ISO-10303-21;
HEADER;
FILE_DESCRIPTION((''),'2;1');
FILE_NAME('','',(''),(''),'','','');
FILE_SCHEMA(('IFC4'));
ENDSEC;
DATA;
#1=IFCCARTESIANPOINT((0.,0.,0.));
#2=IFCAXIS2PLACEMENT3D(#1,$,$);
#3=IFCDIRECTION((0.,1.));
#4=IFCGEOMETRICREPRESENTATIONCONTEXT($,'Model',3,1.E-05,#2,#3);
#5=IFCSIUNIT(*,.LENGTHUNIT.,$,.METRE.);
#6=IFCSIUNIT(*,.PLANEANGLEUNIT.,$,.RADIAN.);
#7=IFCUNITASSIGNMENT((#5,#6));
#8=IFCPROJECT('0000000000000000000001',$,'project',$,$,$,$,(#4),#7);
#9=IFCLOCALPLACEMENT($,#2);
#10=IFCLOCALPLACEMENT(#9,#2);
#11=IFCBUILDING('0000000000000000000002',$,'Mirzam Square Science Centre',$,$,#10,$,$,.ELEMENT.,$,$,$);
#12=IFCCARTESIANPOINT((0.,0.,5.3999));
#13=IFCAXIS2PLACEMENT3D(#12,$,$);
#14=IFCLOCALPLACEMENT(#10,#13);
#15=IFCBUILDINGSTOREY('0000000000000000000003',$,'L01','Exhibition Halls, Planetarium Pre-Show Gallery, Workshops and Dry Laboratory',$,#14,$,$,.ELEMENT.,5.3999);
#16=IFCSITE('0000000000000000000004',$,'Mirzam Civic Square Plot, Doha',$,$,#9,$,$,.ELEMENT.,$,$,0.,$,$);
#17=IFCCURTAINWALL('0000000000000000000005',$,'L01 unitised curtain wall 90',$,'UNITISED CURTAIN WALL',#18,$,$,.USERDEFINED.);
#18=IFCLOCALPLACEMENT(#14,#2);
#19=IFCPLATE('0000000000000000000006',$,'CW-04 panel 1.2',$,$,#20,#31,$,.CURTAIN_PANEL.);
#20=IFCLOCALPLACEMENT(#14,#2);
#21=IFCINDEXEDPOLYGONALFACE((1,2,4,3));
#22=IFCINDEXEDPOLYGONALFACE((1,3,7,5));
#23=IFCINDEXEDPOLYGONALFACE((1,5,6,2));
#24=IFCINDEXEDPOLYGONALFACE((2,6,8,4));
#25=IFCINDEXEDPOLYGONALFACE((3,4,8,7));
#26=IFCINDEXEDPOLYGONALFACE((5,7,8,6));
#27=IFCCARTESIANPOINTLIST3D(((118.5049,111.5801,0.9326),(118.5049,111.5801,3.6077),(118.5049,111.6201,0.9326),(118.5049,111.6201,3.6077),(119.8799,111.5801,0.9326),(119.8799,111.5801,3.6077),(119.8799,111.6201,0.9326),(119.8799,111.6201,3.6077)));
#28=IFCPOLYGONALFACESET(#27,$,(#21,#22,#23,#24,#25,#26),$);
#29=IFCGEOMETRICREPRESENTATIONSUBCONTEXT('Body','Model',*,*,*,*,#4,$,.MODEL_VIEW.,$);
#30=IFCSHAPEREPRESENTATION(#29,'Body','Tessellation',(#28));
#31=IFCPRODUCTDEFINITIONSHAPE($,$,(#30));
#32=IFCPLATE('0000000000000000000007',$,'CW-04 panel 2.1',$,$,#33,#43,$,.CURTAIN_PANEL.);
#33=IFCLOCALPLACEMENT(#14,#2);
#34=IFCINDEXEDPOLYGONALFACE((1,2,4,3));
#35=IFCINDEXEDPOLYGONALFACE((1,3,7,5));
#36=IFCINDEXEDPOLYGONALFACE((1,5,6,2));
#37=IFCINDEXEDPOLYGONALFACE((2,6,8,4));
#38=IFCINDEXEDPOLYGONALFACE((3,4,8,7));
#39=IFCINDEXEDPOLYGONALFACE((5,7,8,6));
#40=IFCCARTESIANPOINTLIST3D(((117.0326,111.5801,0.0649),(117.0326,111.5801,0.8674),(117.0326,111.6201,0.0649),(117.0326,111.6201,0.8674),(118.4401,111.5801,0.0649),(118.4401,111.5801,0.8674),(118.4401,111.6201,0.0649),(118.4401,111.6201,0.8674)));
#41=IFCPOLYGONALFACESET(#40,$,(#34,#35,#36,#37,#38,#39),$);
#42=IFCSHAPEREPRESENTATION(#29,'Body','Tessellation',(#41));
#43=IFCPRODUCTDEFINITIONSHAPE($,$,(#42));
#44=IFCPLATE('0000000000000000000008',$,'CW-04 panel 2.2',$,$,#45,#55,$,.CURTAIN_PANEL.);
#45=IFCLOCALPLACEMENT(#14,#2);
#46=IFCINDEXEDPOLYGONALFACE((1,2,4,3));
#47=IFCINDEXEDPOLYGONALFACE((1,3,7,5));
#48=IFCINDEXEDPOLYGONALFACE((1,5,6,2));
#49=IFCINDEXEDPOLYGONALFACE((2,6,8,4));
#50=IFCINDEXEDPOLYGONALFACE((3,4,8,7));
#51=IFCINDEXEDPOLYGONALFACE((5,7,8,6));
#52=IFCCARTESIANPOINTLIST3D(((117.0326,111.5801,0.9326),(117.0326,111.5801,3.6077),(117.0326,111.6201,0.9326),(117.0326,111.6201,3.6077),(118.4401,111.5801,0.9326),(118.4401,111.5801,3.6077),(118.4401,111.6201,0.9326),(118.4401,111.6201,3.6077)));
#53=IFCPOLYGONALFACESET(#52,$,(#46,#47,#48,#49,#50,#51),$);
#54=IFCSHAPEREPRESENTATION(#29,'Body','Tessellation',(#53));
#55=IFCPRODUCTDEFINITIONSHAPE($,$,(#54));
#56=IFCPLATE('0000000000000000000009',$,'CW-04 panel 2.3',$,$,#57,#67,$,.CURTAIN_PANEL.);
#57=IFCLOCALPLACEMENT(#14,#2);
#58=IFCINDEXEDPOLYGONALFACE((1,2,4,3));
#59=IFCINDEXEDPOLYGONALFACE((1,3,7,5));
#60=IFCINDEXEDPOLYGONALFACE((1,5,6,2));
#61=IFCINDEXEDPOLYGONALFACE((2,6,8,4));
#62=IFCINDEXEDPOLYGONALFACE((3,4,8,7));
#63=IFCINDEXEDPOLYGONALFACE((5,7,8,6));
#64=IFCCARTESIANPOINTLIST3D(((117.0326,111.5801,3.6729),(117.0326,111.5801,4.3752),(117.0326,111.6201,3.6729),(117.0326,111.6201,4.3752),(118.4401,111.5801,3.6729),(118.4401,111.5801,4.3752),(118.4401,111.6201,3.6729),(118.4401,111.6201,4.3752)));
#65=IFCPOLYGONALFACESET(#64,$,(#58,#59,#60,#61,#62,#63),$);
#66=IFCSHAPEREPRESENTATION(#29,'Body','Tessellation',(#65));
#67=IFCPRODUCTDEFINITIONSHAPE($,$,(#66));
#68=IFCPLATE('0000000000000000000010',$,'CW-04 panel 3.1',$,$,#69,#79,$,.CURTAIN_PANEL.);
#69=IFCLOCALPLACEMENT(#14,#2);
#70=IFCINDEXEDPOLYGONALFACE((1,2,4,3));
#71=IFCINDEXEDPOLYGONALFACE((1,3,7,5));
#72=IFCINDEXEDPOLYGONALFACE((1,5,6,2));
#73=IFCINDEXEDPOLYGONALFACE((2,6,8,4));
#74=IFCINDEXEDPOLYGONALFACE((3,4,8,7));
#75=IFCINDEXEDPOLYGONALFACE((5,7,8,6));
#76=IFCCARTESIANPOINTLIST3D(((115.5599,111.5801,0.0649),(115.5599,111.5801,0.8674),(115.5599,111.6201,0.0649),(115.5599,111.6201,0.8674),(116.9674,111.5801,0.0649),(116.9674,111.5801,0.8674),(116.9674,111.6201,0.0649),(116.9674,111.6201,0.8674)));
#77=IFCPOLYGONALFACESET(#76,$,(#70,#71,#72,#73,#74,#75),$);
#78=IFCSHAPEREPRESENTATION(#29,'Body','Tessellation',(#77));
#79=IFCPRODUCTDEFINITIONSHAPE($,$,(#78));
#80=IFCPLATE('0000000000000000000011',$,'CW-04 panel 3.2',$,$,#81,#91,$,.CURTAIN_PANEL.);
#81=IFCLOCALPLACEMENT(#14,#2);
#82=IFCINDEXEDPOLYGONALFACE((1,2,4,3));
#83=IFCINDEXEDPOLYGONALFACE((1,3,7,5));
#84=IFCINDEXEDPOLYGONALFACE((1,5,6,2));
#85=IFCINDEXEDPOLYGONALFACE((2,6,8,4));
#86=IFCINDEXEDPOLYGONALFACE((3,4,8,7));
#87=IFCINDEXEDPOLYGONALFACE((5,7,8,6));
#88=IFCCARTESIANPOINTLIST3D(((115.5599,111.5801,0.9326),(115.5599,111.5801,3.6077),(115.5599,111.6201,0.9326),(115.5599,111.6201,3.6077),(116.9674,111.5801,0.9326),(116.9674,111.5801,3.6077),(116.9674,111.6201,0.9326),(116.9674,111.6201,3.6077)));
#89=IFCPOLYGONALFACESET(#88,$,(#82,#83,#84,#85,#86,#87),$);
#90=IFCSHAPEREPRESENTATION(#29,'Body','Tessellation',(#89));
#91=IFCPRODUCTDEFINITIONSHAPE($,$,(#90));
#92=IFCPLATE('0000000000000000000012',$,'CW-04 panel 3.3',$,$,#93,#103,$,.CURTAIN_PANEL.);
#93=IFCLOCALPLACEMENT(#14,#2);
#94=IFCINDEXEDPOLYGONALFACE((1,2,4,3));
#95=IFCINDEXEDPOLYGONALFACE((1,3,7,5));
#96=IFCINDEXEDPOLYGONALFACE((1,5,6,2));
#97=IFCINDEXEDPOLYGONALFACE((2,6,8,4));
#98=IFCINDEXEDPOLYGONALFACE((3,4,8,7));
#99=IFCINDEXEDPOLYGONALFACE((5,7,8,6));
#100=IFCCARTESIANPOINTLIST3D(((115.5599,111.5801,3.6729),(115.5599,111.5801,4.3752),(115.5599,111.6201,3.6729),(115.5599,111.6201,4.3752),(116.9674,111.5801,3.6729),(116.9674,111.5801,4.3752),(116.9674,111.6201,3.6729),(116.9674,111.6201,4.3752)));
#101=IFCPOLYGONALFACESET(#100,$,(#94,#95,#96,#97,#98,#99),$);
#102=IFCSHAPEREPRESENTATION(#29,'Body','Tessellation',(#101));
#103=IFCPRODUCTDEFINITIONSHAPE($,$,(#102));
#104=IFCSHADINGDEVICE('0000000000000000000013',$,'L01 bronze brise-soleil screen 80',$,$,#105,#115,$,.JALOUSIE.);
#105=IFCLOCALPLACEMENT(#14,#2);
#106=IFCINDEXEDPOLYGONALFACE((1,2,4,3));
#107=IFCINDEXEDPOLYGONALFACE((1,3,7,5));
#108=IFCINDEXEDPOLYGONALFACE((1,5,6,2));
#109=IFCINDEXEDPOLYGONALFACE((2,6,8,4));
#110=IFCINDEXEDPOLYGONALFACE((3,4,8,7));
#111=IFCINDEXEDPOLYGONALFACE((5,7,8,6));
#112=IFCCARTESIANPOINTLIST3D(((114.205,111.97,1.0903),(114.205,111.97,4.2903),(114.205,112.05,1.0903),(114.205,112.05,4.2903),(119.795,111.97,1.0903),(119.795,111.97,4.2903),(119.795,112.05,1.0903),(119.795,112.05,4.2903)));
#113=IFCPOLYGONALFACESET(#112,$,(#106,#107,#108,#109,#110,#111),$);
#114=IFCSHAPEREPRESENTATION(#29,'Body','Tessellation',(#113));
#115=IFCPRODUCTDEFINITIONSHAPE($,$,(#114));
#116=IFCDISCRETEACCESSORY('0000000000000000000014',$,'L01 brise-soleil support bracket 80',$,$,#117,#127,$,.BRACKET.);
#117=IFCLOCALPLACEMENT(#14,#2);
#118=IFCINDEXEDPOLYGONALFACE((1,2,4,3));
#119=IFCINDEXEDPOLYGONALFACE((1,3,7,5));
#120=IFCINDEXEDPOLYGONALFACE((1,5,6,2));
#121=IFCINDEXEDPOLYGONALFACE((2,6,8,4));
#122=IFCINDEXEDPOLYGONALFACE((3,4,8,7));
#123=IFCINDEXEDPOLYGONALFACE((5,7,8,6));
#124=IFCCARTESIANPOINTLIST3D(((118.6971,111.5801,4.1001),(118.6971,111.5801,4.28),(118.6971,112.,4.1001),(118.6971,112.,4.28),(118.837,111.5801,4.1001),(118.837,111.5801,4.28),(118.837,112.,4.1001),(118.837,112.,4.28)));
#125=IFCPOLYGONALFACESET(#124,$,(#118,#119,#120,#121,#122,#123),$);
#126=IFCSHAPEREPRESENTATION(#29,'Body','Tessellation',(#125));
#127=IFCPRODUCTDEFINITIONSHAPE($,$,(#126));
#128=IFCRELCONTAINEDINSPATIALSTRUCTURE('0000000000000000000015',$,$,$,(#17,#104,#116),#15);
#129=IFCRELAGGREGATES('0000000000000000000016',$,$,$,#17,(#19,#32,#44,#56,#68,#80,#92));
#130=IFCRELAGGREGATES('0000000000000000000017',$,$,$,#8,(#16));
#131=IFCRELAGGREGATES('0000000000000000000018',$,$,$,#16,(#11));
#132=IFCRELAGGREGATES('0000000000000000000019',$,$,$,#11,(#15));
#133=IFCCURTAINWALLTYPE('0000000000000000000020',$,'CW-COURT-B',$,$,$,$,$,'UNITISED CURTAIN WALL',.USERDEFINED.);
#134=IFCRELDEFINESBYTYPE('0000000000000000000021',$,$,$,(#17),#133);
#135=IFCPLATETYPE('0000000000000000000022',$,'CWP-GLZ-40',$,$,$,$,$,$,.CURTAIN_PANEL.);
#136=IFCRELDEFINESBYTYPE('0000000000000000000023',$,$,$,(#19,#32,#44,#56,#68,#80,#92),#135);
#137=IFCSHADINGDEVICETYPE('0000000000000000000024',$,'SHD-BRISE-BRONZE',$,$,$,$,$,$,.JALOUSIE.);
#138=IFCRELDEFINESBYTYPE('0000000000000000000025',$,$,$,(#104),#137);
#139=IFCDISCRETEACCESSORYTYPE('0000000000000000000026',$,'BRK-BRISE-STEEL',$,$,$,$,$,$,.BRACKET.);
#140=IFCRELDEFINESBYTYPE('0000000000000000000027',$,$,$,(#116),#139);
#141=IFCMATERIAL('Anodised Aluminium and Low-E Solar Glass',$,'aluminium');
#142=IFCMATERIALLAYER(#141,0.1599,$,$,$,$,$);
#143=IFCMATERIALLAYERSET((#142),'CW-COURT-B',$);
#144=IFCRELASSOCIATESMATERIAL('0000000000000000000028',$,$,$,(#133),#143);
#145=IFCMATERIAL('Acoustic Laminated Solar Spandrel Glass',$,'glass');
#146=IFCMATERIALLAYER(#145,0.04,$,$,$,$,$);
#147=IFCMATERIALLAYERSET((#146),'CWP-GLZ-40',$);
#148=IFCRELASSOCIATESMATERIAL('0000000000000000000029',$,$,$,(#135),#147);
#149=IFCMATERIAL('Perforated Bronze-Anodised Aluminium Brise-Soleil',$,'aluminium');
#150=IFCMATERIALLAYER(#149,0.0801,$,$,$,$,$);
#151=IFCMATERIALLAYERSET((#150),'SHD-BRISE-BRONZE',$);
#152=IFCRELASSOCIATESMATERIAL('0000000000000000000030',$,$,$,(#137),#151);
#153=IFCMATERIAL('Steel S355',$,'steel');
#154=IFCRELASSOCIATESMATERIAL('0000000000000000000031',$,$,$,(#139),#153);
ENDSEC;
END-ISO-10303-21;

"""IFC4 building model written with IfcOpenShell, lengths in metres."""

from ifc_helpers import new_model, si_unit, direction, frame, origin, origin_2d, place, context, subcontext, project, spatial, rectangle, extrude, material, layer, layer_set, type_object, element, aggregate, save


model = new_model("IFC4")

# Units and contexts
model_context = context("Model", 3, precision=1e-05, world=origin(), true_north=direction((0.0, 1.0)))
body_context = subcontext(model_context, "Body", "Model", "MODEL_VIEW")
ifc_project = project(units=[si_unit("LENGTHUNIT", "METRE"), si_unit("PLANEANGLEUNIT", "RADIAN")], contexts=[model_context])

# Site, building, storey
site_placement = place(None, origin())
site = spatial("IfcSite", under=ifc_project, at=site_placement, Name="Mirzam Civic Square Plot, Doha", CompositionType="ELEMENT", RefElevation=0.0)
building_placement = place(site_placement, origin())
building = spatial("IfcBuilding", under=site, at=building_placement, Name="Mirzam Square Science Centre", CompositionType="ELEMENT")
storey_placement = place(building_placement, frame((0.0, 0.0, 5.3999)))
storey = spatial("IfcBuildingStorey", under=building, at=storey_placement, Name="L01", Description="Exhibition Halls, Planetarium Pre-Show Gallery, Workshops and Dry Laboratory", CompositionType="ELEMENT", Elevation=5.3999)

# Curtain wall, plates
ifc_material_1 = material(Name="Anodised Aluminium and Low-E Solar Glass", Category="aluminium")
ifc_layer_1 = layer(ifc_material_1, 0.1599)
ifc_layer_set_1 = layer_set([ifc_layer_1], Name="CW-COURT-B")
curtain_wall_type = type_object("IfcCurtainWallType", Name="CW-COURT-B", ElementType="UNITISED CURTAIN WALL", PredefinedType="USERDEFINED", material=ifc_layer_set_1)
curtain_wall_placement = place(storey_placement, origin())
curtain_wall = element("IfcCurtainWall", 1, at=curtain_wall_placement, inside=storey, type_object=curtain_wall_type, Name="L01 unitised curtain wall 90", ObjectType="UNITISED CURTAIN WALL", PredefinedType="USERDEFINED")
ifc_material_2 = material(Name="Acoustic Laminated Solar Spandrel Glass", Category="glass")
ifc_layer_2 = layer(ifc_material_2, 0.04)
ifc_layer_set_2 = layer_set([ifc_layer_2], Name="CWP-GLZ-40")
plate_type = type_object("IfcPlateType", Name="CWP-GLZ-40", PredefinedType="CURTAIN_PANEL", material=ifc_layer_set_2)
plate_1_placement = place(storey_placement, frame((119.1924, 111.6001, 0.9326), z_axis=(0.0, 0.0, 1.0), x_axis=(-1.0, 0.0, 0.0)))
plate_1 = element("IfcPlate", 2, at=plate_1_placement, type_object=plate_type, Name="CW-04 panel 1.2", PredefinedType="CURTAIN_PANEL", context=body_context, shape_type="SweptSolid", body=[
    extrude(rectangle(XDim=1.375, YDim=0.04, at=origin_2d()), origin(), (0.0, 0.0, 1.0), 2.675),
])
plate_2_placement = place(storey_placement, frame((117.7363, 111.6001, 0.0649), z_axis=(0.0, 0.0, 1.0), x_axis=(-1.0, 0.0, 0.0)))
plate_2 = element("IfcPlate", 3, at=plate_2_placement, type_object=plate_type, Name="CW-04 panel 2.1", PredefinedType="CURTAIN_PANEL", context=body_context, shape_type="SweptSolid", body=[
    extrude(rectangle(XDim=1.4075, YDim=0.04, at=origin_2d()), origin(), (0.0, 0.0, 1.0), 0.8025),
])
plate_3_placement = place(storey_placement, frame((117.7363, 111.6001, 0.9326), z_axis=(0.0, 0.0, 1.0), x_axis=(-1.0, 0.0, 0.0)))
plate_3 = element("IfcPlate", 4, at=plate_3_placement, type_object=plate_type, Name="CW-04 panel 2.2", PredefinedType="CURTAIN_PANEL", context=body_context, shape_type="SweptSolid", body=[
    extrude(rectangle(XDim=1.4075, YDim=0.04, at=origin_2d()), origin(), (0.0, 0.0, 1.0), 2.675),
])
plate_4_placement = place(storey_placement, frame((117.7363, 111.6001, 3.6729), z_axis=(0.0, 0.0, 1.0), x_axis=(-1.0, 0.0, 0.0)))
plate_4 = element("IfcPlate", 5, at=plate_4_placement, type_object=plate_type, Name="CW-04 panel 2.3", PredefinedType="CURTAIN_PANEL", context=body_context, shape_type="SweptSolid", body=[
    extrude(rectangle(XDim=1.4075, YDim=0.04, at=origin_2d()), origin(), (0.0, 0.0, 1.0), 0.7024),
])
plate_5_placement = place(storey_placement, frame((116.2637, 111.6001, 0.0649), z_axis=(0.0, 0.0, 1.0), x_axis=(-1.0, 0.0, 0.0)))
plate_5 = element("IfcPlate", 6, at=plate_5_placement, type_object=plate_type, Name="CW-04 panel 3.1", PredefinedType="CURTAIN_PANEL", context=body_context, shape_type="SweptSolid", body=[
    extrude(rectangle(XDim=1.4075, YDim=0.04, at=origin_2d()), origin(), (0.0, 0.0, 1.0), 0.8025),
])
plate_6_placement = place(storey_placement, frame((116.2637, 111.6001, 0.9326), z_axis=(0.0, 0.0, 1.0), x_axis=(-1.0, 0.0, 0.0)))
plate_6 = element("IfcPlate", 7, at=plate_6_placement, type_object=plate_type, Name="CW-04 panel 3.2", PredefinedType="CURTAIN_PANEL", context=body_context, shape_type="SweptSolid", body=[
    extrude(rectangle(XDim=1.4075, YDim=0.04, at=origin_2d()), origin(), (0.0, 0.0, 1.0), 2.675),
])
plate_7_placement = place(storey_placement, frame((116.2637, 111.6001, 3.6729), z_axis=(0.0, 0.0, 1.0), x_axis=(-1.0, 0.0, 0.0)))
plate_7 = element("IfcPlate", 8, at=plate_7_placement, type_object=plate_type, Name="CW-04 panel 3.3", PredefinedType="CURTAIN_PANEL", context=body_context, shape_type="SweptSolid", body=[
    extrude(rectangle(XDim=1.4075, YDim=0.04, at=origin_2d()), origin(), (0.0, 0.0, 1.0), 0.7024),
])
aggregate(curtain_wall, [plate_1, plate_2, plate_3, plate_4, plate_5, plate_6, plate_7])

# Shading device
ifc_material_3 = material(Name="Perforated Bronze-Anodised Aluminium Brise-Soleil", Category="aluminium")
ifc_layer_3 = layer(ifc_material_3, 0.0801)
ifc_layer_set_3 = layer_set([ifc_layer_3], Name="SHD-BRISE-BRONZE")
shading_device_type = type_object("IfcShadingDeviceType", Name="SHD-BRISE-BRONZE", PredefinedType="JALOUSIE", material=ifc_layer_set_3)
shading_device_placement = place(storey_placement, frame((117.0, 112.01, 1.0903), z_axis=(0.0, 0.0, 1.0), x_axis=(-1.0, 0.0, 0.0)))
element("IfcShadingDevice", 9, at=shading_device_placement, inside=storey, type_object=shading_device_type, Name="L01 bronze brise-soleil screen 80", PredefinedType="JALOUSIE", context=body_context, shape_type="SweptSolid", body=[
    extrude(rectangle(XDim=5.5901, YDim=0.0801, at=origin_2d()), origin(), (0.0, 0.0, 1.0), 3.2),
])

# Discrete accessory
ifc_material_4 = material(Name="Steel S355", Category="steel")
discrete_accessory_type = type_object("IfcDiscreteAccessoryType", Name="BRK-BRISE-STEEL", PredefinedType="BRACKET", material=ifc_material_4)
discrete_accessory_placement = place(storey_placement, frame((118.7671, 111.79, 4.1001), z_axis=(0.0, 0.0, 1.0), x_axis=(-1.0, 0.0, 0.0)))
element("IfcDiscreteAccessory", 10, at=discrete_accessory_placement, inside=storey, type_object=discrete_accessory_type, Name="L01 brise-soleil support bracket 80", PredefinedType="BRACKET", context=body_context, shape_type="SweptSolid", body=[
    extrude(rectangle(XDim=0.1399, YDim=0.4199, at=origin_2d()), origin(), (0.0, 0.0, 1.0), 0.1799),
])

save(model, "model.ifc")
